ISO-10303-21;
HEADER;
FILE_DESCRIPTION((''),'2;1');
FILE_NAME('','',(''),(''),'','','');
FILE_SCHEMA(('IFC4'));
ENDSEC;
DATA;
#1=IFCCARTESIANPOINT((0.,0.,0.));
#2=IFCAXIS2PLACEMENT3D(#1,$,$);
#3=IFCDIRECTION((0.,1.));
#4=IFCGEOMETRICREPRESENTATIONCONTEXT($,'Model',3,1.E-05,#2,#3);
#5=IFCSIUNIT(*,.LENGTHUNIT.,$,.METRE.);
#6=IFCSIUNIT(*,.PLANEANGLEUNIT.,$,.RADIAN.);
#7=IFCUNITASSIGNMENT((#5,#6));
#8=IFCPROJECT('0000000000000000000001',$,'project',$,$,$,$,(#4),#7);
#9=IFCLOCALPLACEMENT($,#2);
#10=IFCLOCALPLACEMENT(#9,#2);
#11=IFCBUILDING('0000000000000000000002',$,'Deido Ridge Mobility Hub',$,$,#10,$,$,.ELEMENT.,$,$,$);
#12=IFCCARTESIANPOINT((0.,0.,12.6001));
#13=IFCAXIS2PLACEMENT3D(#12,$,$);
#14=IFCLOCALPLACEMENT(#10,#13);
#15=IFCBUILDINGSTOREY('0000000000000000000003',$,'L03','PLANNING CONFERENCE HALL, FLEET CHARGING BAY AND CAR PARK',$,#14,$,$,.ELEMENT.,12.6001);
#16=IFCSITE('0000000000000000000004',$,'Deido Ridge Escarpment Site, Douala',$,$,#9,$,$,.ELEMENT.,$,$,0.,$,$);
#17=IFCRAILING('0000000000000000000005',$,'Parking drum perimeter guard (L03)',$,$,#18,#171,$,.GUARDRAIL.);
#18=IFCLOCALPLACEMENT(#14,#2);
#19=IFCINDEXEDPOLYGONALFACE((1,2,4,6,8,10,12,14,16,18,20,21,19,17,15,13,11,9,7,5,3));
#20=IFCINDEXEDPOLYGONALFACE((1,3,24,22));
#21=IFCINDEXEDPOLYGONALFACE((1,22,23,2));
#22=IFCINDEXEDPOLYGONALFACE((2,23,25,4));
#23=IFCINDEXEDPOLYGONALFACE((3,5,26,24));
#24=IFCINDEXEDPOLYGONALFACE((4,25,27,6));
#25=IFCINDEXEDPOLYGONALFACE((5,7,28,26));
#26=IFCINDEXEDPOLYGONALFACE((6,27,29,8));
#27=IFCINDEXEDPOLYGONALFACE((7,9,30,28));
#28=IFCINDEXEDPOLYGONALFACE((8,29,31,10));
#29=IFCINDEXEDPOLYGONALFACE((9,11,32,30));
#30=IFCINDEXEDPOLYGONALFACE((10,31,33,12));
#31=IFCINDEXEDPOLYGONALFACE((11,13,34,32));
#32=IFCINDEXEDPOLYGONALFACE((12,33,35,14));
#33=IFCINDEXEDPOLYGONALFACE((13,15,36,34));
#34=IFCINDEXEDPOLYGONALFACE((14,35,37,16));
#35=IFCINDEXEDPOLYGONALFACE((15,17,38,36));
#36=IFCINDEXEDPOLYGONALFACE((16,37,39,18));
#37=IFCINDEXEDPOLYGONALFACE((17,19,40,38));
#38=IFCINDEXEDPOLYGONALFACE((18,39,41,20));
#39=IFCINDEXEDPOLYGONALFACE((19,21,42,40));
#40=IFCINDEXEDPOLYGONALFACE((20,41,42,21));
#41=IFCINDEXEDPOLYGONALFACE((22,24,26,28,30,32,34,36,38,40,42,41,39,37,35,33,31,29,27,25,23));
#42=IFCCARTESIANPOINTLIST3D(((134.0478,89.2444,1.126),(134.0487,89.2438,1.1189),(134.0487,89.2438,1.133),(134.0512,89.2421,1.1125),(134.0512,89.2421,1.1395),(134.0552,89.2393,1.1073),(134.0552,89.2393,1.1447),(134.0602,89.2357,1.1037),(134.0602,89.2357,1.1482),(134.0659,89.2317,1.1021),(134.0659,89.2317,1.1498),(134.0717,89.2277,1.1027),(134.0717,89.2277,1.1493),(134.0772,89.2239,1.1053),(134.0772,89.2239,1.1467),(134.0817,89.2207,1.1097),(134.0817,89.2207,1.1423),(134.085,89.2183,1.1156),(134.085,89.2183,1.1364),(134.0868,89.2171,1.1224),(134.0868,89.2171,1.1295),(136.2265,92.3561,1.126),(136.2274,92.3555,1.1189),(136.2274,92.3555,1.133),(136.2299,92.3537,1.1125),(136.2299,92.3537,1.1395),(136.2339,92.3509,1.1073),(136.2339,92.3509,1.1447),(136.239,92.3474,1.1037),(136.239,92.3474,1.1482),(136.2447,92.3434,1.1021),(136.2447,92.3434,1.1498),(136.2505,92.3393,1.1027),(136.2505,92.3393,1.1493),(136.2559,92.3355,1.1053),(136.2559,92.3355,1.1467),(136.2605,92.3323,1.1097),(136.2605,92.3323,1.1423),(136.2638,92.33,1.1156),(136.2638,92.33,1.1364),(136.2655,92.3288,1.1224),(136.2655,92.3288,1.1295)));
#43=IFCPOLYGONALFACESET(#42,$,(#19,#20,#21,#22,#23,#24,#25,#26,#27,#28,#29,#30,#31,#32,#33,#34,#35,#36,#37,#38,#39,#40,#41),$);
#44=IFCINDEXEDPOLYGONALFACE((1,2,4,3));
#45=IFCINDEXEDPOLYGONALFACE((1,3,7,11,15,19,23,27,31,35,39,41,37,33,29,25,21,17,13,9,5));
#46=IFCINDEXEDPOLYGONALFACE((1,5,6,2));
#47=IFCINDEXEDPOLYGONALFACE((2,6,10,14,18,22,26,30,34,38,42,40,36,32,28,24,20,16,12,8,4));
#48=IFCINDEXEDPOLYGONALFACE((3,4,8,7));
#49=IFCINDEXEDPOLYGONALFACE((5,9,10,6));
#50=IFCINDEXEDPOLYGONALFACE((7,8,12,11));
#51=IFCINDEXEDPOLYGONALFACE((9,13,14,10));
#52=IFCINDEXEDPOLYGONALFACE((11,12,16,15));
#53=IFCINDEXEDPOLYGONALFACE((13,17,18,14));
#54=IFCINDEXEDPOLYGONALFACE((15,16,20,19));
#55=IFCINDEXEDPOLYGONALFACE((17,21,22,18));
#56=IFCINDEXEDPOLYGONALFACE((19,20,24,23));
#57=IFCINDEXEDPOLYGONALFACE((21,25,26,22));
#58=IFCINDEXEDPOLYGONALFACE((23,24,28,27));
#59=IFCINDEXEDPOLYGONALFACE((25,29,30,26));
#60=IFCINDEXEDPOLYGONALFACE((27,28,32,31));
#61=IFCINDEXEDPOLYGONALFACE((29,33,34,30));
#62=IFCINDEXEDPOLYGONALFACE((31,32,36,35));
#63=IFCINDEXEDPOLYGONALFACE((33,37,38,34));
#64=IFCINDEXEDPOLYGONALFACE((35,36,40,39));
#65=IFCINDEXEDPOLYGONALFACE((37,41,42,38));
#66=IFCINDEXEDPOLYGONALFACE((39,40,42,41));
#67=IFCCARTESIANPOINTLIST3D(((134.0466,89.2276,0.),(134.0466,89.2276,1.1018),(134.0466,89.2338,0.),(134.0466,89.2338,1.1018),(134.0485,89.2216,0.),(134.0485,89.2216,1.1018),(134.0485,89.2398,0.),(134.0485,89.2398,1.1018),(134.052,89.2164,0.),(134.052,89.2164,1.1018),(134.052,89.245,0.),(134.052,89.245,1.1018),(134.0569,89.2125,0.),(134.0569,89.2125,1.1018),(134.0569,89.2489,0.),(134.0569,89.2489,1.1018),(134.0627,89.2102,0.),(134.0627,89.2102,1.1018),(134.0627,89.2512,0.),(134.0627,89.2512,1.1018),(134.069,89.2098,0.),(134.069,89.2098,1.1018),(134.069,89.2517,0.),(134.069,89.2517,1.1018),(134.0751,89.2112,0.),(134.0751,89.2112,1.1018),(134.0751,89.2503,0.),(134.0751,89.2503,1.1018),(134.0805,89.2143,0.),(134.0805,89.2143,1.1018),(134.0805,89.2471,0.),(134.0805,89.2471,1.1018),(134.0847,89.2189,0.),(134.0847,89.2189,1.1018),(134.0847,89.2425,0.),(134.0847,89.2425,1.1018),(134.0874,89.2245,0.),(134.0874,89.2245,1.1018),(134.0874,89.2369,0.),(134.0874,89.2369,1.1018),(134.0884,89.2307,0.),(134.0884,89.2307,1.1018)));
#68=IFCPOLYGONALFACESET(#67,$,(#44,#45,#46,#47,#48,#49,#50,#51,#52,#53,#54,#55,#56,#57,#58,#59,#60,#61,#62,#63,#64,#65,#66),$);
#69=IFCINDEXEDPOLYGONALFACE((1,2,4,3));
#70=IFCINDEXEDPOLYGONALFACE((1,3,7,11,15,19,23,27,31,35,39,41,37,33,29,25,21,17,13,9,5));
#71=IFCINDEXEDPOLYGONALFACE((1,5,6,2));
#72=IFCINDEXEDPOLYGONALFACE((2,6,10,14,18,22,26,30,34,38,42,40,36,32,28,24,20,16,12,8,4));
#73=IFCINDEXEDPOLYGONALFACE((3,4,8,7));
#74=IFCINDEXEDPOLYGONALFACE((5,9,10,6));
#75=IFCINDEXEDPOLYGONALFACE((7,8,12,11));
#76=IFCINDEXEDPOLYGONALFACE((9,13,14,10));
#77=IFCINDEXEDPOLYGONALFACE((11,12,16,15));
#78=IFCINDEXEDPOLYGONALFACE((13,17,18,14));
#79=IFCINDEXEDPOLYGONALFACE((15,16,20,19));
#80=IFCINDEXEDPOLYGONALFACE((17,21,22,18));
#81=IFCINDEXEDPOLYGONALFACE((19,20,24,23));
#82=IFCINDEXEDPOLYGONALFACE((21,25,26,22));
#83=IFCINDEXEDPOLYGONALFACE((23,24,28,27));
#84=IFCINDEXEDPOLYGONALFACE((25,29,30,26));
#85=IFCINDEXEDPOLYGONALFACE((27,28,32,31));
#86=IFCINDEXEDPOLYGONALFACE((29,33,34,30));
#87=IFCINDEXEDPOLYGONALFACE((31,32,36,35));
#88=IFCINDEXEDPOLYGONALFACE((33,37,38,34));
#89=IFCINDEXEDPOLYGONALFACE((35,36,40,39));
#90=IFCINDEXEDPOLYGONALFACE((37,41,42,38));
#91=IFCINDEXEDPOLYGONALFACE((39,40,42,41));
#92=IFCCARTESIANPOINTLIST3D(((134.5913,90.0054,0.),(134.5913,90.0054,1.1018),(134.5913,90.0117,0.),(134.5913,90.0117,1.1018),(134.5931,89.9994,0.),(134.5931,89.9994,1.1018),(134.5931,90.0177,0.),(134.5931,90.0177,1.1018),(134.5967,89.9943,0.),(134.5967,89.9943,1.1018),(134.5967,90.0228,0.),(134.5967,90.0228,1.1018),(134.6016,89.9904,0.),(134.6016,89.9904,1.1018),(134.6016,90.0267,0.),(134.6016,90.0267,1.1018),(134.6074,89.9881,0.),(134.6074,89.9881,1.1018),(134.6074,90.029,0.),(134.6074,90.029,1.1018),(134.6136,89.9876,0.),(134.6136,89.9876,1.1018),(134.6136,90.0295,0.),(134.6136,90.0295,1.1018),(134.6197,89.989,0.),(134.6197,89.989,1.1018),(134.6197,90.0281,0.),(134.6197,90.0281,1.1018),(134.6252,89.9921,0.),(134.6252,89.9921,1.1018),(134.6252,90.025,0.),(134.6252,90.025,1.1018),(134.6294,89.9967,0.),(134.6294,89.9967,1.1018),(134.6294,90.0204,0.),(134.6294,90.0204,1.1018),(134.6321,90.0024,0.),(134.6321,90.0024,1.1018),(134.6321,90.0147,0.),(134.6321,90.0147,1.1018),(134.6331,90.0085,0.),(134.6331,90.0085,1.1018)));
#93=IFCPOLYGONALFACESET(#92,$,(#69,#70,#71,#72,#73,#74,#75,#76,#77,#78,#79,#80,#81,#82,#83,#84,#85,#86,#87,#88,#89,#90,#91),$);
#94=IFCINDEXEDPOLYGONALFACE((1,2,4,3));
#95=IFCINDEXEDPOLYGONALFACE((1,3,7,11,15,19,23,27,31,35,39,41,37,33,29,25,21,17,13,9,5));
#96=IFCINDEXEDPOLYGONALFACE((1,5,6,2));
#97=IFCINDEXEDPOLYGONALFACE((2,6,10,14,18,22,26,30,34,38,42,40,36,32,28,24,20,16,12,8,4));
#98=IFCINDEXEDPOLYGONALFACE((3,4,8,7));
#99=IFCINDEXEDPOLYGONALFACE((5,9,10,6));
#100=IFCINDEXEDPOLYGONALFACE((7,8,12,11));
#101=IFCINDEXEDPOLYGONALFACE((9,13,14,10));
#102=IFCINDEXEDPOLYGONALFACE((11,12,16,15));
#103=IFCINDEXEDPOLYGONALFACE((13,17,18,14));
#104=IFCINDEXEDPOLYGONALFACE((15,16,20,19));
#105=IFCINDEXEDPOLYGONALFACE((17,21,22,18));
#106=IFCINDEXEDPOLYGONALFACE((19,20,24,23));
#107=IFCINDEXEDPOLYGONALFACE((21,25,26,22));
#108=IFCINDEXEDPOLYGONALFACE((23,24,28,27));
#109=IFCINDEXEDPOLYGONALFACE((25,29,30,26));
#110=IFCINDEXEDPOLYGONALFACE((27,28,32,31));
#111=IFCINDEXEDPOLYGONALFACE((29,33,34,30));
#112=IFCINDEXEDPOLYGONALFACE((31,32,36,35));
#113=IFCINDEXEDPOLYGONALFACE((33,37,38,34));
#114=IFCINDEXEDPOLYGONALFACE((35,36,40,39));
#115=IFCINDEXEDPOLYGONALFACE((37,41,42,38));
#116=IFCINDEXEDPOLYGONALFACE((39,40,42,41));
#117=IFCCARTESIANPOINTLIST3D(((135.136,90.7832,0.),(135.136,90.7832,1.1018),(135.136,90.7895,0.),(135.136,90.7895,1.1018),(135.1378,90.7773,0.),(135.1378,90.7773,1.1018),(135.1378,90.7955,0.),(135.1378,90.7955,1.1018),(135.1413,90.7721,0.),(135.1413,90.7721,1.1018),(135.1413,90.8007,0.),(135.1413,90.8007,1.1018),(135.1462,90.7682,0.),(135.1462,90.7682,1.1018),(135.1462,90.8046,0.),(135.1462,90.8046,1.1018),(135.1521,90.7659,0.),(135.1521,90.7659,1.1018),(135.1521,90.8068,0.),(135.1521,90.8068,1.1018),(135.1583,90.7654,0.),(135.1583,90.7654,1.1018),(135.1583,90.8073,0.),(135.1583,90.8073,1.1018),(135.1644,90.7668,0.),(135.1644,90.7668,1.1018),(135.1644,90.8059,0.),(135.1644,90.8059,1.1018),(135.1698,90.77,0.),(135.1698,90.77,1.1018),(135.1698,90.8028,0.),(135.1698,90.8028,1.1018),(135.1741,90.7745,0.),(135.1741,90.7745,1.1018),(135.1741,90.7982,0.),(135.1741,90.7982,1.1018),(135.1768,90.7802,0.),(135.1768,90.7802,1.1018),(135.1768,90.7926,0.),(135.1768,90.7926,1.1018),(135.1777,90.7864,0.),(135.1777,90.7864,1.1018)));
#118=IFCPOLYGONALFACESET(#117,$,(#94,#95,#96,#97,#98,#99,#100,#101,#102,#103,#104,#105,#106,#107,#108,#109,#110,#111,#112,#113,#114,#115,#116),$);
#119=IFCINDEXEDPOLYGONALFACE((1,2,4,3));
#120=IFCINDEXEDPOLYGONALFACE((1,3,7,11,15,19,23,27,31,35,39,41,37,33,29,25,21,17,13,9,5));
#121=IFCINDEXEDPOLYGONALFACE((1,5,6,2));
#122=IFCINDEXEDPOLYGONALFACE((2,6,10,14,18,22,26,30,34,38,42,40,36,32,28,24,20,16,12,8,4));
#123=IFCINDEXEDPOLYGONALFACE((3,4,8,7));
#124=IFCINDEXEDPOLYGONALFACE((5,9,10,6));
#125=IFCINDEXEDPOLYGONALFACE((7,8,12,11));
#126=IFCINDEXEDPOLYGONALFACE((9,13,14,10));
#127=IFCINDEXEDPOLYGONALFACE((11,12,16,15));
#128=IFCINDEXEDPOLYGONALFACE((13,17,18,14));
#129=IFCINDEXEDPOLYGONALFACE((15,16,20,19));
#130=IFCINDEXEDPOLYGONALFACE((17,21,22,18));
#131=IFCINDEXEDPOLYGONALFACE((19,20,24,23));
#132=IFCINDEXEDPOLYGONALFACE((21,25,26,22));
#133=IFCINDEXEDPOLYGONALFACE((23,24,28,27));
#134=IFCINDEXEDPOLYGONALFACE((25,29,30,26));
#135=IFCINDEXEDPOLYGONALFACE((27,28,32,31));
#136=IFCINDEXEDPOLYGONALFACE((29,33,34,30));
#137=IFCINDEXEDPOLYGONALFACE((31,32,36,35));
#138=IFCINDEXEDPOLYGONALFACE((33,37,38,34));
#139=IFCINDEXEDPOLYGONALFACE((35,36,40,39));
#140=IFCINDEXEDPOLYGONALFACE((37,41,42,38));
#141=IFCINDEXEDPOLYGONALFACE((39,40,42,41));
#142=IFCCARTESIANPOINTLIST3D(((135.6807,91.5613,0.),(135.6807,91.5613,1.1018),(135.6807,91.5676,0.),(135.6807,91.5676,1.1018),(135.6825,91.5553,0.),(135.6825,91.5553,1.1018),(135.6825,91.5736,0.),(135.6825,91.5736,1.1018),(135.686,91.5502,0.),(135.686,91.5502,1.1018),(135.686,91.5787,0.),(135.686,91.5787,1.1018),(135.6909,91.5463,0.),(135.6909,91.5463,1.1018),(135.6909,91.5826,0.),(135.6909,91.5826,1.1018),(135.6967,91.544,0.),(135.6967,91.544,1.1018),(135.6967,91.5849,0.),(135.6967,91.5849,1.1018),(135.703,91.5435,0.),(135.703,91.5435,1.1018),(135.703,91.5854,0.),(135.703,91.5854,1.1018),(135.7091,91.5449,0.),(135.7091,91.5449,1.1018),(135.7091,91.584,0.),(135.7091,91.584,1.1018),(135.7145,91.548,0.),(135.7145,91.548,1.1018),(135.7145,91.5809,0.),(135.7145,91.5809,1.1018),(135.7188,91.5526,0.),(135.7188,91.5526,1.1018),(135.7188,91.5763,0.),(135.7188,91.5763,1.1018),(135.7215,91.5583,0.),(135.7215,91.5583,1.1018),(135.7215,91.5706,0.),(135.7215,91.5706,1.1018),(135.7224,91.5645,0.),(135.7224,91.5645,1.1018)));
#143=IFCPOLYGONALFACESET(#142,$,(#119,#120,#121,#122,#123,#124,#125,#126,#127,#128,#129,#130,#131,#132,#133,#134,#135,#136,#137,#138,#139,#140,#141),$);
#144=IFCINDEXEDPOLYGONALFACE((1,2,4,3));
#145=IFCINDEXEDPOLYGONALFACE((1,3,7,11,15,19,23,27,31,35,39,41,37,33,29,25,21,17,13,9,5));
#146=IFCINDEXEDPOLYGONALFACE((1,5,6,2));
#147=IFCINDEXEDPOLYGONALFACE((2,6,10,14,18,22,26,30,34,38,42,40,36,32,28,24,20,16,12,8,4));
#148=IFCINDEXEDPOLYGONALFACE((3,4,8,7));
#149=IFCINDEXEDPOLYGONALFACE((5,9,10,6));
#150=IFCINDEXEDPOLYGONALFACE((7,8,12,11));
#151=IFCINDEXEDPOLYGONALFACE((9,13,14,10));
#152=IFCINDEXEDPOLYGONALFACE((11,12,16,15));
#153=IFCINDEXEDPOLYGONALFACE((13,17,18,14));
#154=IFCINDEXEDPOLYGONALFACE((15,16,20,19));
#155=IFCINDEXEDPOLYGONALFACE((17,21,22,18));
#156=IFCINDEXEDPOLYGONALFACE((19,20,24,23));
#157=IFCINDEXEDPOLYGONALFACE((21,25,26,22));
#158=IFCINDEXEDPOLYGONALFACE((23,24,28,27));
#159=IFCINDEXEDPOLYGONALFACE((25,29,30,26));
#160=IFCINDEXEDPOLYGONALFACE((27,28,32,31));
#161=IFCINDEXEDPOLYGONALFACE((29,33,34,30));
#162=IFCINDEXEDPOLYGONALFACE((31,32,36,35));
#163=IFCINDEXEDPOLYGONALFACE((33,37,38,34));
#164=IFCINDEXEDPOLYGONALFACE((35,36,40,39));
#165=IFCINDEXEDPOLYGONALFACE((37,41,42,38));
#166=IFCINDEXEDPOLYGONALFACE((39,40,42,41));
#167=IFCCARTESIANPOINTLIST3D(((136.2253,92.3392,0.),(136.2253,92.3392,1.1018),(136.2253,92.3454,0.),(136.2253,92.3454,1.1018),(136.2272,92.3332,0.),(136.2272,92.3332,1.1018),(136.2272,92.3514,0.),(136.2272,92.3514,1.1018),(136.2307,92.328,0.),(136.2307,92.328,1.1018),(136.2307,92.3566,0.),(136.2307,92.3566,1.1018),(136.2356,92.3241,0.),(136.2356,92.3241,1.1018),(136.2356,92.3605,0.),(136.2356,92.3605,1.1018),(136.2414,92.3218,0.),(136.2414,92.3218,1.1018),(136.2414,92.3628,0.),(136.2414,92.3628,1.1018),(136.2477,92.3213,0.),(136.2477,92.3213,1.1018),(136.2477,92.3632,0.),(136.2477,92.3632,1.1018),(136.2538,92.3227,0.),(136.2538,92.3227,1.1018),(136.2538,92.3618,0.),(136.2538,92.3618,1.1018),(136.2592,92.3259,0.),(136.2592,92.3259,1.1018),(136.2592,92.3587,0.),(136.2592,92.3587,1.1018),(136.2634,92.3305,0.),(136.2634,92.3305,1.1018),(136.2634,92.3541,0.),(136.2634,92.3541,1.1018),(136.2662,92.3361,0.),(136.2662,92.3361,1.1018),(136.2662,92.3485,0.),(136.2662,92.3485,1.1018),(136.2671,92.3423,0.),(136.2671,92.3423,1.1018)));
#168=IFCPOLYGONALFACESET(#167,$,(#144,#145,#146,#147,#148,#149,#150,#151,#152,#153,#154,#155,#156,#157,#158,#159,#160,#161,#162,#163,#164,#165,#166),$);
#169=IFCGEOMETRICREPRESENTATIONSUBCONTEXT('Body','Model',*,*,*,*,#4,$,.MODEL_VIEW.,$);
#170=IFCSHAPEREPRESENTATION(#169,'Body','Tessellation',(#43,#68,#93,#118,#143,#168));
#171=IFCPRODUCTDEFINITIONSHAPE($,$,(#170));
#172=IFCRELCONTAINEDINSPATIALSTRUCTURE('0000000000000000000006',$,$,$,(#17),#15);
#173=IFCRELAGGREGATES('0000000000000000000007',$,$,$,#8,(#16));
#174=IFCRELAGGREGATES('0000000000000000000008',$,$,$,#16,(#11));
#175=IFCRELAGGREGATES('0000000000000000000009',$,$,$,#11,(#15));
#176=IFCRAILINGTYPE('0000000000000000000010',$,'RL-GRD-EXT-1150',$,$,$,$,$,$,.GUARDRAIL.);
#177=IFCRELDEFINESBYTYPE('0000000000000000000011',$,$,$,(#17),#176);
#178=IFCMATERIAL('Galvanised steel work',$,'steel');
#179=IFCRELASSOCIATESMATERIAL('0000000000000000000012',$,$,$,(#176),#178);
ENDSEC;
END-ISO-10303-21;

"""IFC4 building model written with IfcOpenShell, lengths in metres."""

from ifc_helpers import new_model, si_unit, direction, frame, origin, origin_2d, place, context, subcontext, project, spatial, circle, extrude, material, type_object, element, save


model = new_model("IFC4")

# Units and contexts
model_context = context("Model", 3, precision=1e-05, world=origin(), true_north=direction((0.0, 1.0)))
body_context = subcontext(model_context, "Body", "Model", "MODEL_VIEW")
ifc_project = project(units=[si_unit("LENGTHUNIT", "METRE"), si_unit("PLANEANGLEUNIT", "RADIAN")], contexts=[model_context])

# Site, building, storey
site_placement = place(None, origin())
site = spatial("IfcSite", under=ifc_project, at=site_placement, Name="Deido Ridge Escarpment Site, Douala", CompositionType="ELEMENT", RefElevation=0.0)
building_placement = place(site_placement, origin())
building = spatial("IfcBuilding", under=site, at=building_placement, Name="Deido Ridge Mobility Hub", CompositionType="ELEMENT")
storey_placement = place(building_placement, frame((0.0, 0.0, 12.6001)))
storey = spatial("IfcBuildingStorey", under=building, at=storey_placement, Name="L03", Description="PLANNING CONFERENCE HALL, FLEET CHARGING BAY AND CAR PARK", CompositionType="ELEMENT", Elevation=12.6001)

# Railing
ifc_material_1 = material(Name="Galvanised steel work", Category="steel")
railing_type = type_object("IfcRailingType", Name="RL-GRD-EXT-1150", PredefinedType="GUARDRAIL", material=ifc_material_1)
railing_1_placement = place(storey_placement, frame((134.0674, 89.2307, 0.0)))
element("IfcRailing", 1, at=railing_1_placement, inside=storey, type_object=railing_type, Name="Parking drum perimeter guard (L03)", PredefinedType="GUARDRAIL", context=body_context, shape_type="SweptSolid", body=[
    extrude(circle(Radius=0.0239, at=origin_2d()), frame((0.0, 0.0, 1.126), z_axis=(0.57357, 0.819156, 0.0), x_axis=(-0.819156, 0.57357, 0.0)), (0.0, 0.0, 1.0), 3.7986),
    extrude(circle(Radius=0.021, at=origin_2d()), origin(), (0.0, 0.0, 1.0), 1.1018),
    extrude(circle(Radius=0.021, at=origin_2d()), frame((0.5447, 0.7778, 0.0)), (0.0, 0.0, 1.0), 1.1018),
    extrude(circle(Radius=0.021, at=origin_2d()), frame((1.0894, 1.5557, 0.0)), (0.0, 0.0, 1.0), 1.1018),
    extrude(circle(Radius=0.021, at=origin_2d()), frame((1.634, 2.3337, 0.0)), (0.0, 0.0, 1.0), 1.1018),
    extrude(circle(Radius=0.021, at=origin_2d()), frame((2.1787, 3.1116, 0.0)), (0.0, 0.0, 1.0), 1.1018),
])

save(model, "model.ifc")
